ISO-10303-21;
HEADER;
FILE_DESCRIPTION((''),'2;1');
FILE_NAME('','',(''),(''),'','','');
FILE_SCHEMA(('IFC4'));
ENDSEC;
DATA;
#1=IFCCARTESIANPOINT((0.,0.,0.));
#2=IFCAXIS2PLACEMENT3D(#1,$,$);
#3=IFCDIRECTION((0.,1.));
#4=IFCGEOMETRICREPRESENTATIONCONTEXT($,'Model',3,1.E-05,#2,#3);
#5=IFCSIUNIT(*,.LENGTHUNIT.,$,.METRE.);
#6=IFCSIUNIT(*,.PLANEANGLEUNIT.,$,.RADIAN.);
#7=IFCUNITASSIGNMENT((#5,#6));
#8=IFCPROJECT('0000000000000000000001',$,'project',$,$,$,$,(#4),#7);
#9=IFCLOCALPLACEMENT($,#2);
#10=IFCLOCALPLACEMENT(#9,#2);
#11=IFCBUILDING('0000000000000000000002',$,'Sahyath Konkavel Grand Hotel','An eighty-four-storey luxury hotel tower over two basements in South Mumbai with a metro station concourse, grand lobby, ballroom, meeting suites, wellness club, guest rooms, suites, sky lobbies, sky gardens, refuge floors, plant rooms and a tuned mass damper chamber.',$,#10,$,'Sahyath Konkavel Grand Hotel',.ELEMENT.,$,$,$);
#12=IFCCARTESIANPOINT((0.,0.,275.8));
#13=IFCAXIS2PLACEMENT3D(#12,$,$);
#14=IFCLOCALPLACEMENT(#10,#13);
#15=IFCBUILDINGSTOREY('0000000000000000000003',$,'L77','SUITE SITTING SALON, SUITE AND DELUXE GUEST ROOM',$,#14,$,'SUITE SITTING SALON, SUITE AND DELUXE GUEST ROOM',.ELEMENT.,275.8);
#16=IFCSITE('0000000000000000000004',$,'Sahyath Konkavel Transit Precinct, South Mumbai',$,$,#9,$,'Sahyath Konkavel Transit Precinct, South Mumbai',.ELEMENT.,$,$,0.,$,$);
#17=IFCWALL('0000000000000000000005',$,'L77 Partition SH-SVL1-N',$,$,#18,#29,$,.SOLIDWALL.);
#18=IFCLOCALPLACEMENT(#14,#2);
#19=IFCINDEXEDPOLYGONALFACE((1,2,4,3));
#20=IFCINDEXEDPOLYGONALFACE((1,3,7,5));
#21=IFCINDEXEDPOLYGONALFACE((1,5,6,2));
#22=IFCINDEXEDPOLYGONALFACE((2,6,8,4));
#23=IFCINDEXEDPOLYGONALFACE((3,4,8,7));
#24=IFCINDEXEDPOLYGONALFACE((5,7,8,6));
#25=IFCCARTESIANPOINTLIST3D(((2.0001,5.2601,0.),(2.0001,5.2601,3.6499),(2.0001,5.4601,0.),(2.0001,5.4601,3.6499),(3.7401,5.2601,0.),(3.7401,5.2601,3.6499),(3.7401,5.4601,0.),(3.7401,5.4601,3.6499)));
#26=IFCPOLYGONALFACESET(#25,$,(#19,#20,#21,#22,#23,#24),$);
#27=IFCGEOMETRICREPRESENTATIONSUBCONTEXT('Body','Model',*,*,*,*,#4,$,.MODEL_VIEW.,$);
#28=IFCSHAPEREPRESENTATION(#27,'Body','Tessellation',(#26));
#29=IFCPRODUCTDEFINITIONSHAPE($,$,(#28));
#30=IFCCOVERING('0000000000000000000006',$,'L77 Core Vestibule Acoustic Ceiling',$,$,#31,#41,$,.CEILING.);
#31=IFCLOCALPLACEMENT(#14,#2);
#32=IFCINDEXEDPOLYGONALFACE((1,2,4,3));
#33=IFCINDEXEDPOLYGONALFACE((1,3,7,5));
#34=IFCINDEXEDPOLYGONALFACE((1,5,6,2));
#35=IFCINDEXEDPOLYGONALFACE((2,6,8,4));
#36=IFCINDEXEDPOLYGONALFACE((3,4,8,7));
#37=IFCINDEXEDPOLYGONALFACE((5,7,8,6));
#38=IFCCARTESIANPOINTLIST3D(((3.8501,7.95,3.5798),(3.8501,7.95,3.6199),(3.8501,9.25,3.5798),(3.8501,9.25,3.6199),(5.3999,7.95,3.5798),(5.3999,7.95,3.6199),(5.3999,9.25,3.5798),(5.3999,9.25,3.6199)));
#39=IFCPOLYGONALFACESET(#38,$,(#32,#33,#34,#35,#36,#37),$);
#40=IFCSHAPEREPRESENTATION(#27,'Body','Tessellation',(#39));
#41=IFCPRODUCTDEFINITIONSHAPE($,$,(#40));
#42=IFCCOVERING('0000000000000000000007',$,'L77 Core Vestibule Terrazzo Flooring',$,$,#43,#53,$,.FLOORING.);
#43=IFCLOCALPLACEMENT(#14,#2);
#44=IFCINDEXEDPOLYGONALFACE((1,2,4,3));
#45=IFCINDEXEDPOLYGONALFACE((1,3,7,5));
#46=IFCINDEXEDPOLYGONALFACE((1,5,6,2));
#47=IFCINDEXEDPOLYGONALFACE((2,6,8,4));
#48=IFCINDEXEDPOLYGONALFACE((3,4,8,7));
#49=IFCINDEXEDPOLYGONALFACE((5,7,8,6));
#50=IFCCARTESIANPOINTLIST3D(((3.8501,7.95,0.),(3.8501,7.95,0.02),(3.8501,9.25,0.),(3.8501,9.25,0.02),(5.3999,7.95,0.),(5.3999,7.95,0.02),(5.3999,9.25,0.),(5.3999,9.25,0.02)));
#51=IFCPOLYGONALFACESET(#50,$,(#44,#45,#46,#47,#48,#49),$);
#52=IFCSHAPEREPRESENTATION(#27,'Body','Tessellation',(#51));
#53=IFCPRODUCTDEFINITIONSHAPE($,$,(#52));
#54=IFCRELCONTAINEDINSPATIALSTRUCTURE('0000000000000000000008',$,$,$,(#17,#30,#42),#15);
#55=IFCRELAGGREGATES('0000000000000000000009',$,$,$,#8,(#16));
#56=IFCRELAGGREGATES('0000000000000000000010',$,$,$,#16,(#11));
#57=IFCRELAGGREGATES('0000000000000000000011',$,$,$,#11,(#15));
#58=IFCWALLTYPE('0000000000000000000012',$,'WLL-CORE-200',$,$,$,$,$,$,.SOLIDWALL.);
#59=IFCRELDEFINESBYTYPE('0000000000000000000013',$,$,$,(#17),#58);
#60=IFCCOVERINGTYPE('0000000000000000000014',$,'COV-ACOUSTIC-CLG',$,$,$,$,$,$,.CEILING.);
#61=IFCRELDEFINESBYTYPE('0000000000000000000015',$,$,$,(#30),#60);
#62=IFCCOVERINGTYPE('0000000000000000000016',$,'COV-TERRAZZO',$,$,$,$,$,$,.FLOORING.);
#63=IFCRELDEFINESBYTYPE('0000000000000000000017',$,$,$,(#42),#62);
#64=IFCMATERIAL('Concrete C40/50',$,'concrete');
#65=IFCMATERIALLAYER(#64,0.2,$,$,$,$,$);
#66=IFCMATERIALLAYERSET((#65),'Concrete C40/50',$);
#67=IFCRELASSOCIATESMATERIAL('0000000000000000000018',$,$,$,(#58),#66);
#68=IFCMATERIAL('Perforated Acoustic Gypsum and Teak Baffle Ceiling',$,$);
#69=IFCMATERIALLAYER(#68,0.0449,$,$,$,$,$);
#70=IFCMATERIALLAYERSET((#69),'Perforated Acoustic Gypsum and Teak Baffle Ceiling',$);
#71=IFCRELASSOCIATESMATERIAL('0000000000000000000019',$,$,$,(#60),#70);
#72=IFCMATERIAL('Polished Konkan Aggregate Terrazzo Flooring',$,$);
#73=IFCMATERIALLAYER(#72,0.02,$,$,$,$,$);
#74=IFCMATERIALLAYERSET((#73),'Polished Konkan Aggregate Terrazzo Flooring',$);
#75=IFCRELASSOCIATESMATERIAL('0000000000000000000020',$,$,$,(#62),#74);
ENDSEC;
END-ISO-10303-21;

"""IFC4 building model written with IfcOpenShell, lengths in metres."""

from ifc_helpers import new_model, si_unit, direction, frame, frame_2d, origin, place, context, subcontext, project, spatial, polyline, rectangle, outline, extrude, material, layer, layer_set, type_object, element, save


model = new_model("IFC4")

# Units and contexts
model_context = context("Model", 3, precision=1e-05, world=origin(), true_north=direction((0.0, 1.0)))
body_context = subcontext(model_context, "Body", "Model", "MODEL_VIEW")
ifc_project = project(units=[si_unit("LENGTHUNIT", "METRE"), si_unit("PLANEANGLEUNIT", "RADIAN")], contexts=[model_context])

# Site, building, storey
site_placement = place(None, origin())
site = spatial("IfcSite", under=ifc_project, at=site_placement, Name="Sahyath Konkavel Transit Precinct, South Mumbai", LongName="Sahyath Konkavel Transit Precinct, South Mumbai", CompositionType="ELEMENT", RefElevation=0.0)
building_placement = place(site_placement, origin())
building = spatial("IfcBuilding", under=site, at=building_placement, Name="Sahyath Konkavel Grand Hotel", Description="An eighty-four-storey luxury hotel tower over two basements in South Mumbai with a metro station concourse, grand lobby, ballroom, meeting suites, wellness club, guest rooms, suites, sky lobbies, sky gardens, refuge floors, plant rooms and a tuned mass damper chamber.", LongName="Sahyath Konkavel Grand Hotel", CompositionType="ELEMENT")
storey_placement = place(building_placement, frame((0.0, 0.0, 275.8)))
storey = spatial("IfcBuildingStorey", under=building, at=storey_placement, Name="L77", Description="SUITE SITTING SALON, SUITE AND DELUXE GUEST ROOM", LongName="SUITE SITTING SALON, SUITE AND DELUXE GUEST ROOM", CompositionType="ELEMENT", Elevation=275.8)

# Shared definitions
ifc_material_1 = material(Name="Concrete C40/50", Category="concrete")

# Shared definitions
ifc_layer_1 = layer(ifc_material_1, 0.2)
ifc_layer_set_1 = layer_set([ifc_layer_1], Name="Concrete C40/50")
wall_type = type_object("IfcWallType", Name="WLL-CORE-200", PredefinedType="SOLIDWALL", material=ifc_layer_set_1)

# Wall
wall_1_placement = place(storey_placement, frame((2.0, 5.3601, 0.0), z_axis=(0.0, 0.0, 1.0), x_axis=(1.0, 0.0, 0.0)))
element("IfcWall", 1, at=wall_1_placement, inside=storey, type_object=wall_type, Name="L77 Partition SH-SVL1-N", PredefinedType="SOLIDWALL", context=body_context, shape_type="SweptSolid", body=[
    extrude(rectangle(XDim=1.74, YDim=0.2, at=frame_2d((0.8701, 0.0))), origin(), (0.0, 0.0, 1.0), 3.6499),
])

# Coverings
ifc_material_2 = material(Name="Perforated Acoustic Gypsum and Teak Baffle Ceiling")
ifc_layer_2 = layer(ifc_material_2, 0.0449)
ifc_layer_set_2 = layer_set([ifc_layer_2], Name="Perforated Acoustic Gypsum and Teak Baffle Ceiling")
covering_type_1 = type_object("IfcCoveringType", Name="COV-ACOUSTIC-CLG", PredefinedType="CEILING", material=ifc_layer_set_2)
covering_1_placement = place(storey_placement, frame((0.0, 0.0, 3.5798)))
element("IfcCovering", 2, at=covering_1_placement, inside=storey, type_object=covering_type_1, Name="L77 Core Vestibule Acoustic Ceiling", PredefinedType="CEILING", context=body_context, shape_type="SweptSolid", body=[
    extrude(outline(polyline([(3.8501, 7.95), (5.3999, 7.95), (5.3999, 9.25), (3.8501, 9.25), (3.8501, 7.95)])), origin(), (0.0, 0.0, 1.0), 0.04),
])
ifc_material_3 = material(Name="Polished Konkan Aggregate Terrazzo Flooring")
ifc_layer_3 = layer(ifc_material_3, 0.02)
ifc_layer_set_3 = layer_set([ifc_layer_3], Name="Polished Konkan Aggregate Terrazzo Flooring")
covering_type_2 = type_object("IfcCoveringType", Name="COV-TERRAZZO", PredefinedType="FLOORING", material=ifc_layer_set_3)
covering_2_placement = place(storey_placement, origin())
element("IfcCovering", 3, at=covering_2_placement, inside=storey, type_object=covering_type_2, Name="L77 Core Vestibule Terrazzo Flooring", PredefinedType="FLOORING", context=body_context, shape_type="SweptSolid", body=[
    extrude(outline(polyline([(3.8501, 7.95), (5.3999, 7.95), (5.3999, 9.25), (3.8501, 9.25), (3.8501, 7.95)])), origin(), (0.0, 0.0, 1.0), 0.02),
])

save(model, "model.ifc")
